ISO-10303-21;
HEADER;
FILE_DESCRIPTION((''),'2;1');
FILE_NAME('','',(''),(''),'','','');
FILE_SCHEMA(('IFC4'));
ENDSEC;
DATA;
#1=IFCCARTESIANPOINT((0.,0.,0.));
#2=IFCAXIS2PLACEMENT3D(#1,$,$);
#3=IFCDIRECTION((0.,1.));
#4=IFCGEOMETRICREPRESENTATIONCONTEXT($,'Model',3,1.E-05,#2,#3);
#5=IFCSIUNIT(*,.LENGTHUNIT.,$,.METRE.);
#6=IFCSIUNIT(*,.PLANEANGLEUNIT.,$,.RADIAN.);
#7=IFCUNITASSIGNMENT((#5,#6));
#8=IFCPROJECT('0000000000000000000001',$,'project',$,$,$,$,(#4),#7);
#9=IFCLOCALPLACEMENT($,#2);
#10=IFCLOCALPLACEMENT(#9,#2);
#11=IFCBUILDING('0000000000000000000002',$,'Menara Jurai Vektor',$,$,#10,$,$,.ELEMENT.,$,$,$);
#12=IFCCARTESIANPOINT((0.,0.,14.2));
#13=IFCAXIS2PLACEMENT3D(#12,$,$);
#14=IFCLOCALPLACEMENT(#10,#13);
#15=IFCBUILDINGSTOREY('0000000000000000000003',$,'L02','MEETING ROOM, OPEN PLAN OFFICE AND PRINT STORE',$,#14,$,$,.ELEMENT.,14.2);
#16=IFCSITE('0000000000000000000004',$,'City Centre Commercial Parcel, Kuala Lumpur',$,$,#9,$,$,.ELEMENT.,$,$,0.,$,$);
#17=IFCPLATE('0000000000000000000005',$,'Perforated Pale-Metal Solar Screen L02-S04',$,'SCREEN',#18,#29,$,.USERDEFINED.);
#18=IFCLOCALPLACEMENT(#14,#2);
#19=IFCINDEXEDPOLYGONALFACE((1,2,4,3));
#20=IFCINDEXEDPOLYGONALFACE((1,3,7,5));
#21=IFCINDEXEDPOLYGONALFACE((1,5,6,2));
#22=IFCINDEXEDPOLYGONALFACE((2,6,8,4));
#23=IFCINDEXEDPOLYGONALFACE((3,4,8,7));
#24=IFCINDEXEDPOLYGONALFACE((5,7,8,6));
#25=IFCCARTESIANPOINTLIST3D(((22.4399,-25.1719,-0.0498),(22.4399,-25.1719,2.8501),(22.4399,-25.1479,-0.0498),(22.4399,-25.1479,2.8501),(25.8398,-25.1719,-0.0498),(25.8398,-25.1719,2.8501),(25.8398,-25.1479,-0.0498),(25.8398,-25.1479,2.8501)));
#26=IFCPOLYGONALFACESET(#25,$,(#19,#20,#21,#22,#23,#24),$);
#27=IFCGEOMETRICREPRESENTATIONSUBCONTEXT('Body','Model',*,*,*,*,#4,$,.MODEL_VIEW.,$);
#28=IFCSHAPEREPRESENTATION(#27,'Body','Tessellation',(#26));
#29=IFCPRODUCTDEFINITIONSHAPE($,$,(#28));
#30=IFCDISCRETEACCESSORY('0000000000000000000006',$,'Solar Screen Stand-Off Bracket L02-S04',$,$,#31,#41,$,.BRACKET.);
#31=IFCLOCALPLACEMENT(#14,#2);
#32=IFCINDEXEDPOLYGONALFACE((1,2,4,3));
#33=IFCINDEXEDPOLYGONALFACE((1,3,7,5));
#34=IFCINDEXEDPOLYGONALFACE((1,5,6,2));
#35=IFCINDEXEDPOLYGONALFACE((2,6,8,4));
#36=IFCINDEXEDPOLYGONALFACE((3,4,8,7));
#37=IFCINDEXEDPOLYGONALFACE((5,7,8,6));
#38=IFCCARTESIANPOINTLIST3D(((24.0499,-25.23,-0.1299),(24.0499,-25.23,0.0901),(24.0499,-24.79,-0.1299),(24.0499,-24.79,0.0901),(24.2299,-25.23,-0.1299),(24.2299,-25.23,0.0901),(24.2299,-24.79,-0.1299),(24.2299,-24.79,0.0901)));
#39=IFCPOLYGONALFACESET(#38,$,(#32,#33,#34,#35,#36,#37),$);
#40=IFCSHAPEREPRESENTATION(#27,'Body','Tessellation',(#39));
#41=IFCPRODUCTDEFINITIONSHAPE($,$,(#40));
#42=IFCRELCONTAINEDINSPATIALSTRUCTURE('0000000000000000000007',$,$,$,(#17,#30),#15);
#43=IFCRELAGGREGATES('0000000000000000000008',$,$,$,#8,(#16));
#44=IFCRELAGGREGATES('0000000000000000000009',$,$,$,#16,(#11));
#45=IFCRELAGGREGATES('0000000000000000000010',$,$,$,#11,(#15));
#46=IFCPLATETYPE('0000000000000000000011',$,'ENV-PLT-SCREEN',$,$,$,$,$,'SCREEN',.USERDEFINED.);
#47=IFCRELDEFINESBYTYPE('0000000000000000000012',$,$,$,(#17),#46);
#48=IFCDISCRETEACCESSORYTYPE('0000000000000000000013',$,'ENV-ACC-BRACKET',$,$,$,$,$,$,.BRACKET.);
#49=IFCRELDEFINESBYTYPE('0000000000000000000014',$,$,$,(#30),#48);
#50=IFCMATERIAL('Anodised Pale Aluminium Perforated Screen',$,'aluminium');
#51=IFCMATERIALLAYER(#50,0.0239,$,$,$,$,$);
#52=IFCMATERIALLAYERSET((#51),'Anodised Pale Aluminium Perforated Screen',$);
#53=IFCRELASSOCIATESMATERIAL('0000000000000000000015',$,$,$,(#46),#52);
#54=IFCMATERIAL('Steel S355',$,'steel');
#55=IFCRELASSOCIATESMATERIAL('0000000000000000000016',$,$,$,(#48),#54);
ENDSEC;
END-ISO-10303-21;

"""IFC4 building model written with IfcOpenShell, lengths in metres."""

from ifc_helpers import new_model, si_unit, direction, frame, origin, origin_2d, place, context, subcontext, project, spatial, rectangle, extrude, material, layer, layer_set, type_object, element, save


model = new_model("IFC4")

# Units and contexts
model_context = context("Model", 3, precision=1e-05, world=origin(), true_north=direction((0.0, 1.0)))
body_context = subcontext(model_context, "Body", "Model", "MODEL_VIEW")
ifc_project = project(units=[si_unit("LENGTHUNIT", "METRE"), si_unit("PLANEANGLEUNIT", "RADIAN")], contexts=[model_context])

# Site, building, storey
site_placement = place(None, origin())
site = spatial("IfcSite", under=ifc_project, at=site_placement, Name="City Centre Commercial Parcel, Kuala Lumpur", CompositionType="ELEMENT", RefElevation=0.0)
building_placement = place(site_placement, origin())
building = spatial("IfcBuilding", under=site, at=building_placement, Name="Menara Jurai Vektor", CompositionType="ELEMENT")
storey_placement = place(building_placement, frame((0.0, 0.0, 14.2)))
storey = spatial("IfcBuildingStorey", under=building, at=storey_placement, Name="L02", Description="MEETING ROOM, OPEN PLAN OFFICE AND PRINT STORE", CompositionType="ELEMENT", Elevation=14.2)

# Shared definitions
ifc_material_1 = material(Name="Steel S355", Category="steel")

# Plate
ifc_material_2 = material(Name="Anodised Pale Aluminium Perforated Screen", Category="aluminium")
ifc_layer_1 = layer(ifc_material_2, 0.0239)
ifc_layer_set_1 = layer_set([ifc_layer_1], Name="Anodised Pale Aluminium Perforated Screen")
plate_type_1 = type_object("IfcPlateType", Name="ENV-PLT-SCREEN", ElementType="SCREEN", PredefinedType="USERDEFINED", material=ifc_layer_set_1)
plate_1_placement = place(storey_placement, frame((24.1399, -25.1599, -0.0498), z_axis=(0.0, 0.0, 1.0), x_axis=(1.0, 0.0, 0.0)))
element("IfcPlate", 1, at=plate_1_placement, inside=storey, type_object=plate_type_1, Name="Perforated Pale-Metal Solar Screen L02-S04", ObjectType="SCREEN", PredefinedType="USERDEFINED", context=body_context, shape_type="SweptSolid", body=[
    extrude(rectangle(XDim=3.3999, YDim=0.0239, at=origin_2d()), origin(), (0.0, 0.0, 1.0), 2.8999),
])

# Discrete accessory
discrete_accessory_type = type_object("IfcDiscreteAccessoryType", Name="ENV-ACC-BRACKET", PredefinedType="BRACKET", material=ifc_material_1)
discrete_accessory_placement = place(storey_placement, frame((24.1399, -25.01, -0.1299), z_axis=(0.0, 0.0, 1.0), x_axis=(1.0, 0.0, 0.0)))
element("IfcDiscreteAccessory", 2, at=discrete_accessory_placement, inside=storey, type_object=discrete_accessory_type, Name="Solar Screen Stand-Off Bracket L02-S04", PredefinedType="BRACKET", context=body_context, shape_type="SweptSolid", body=[
    extrude(rectangle(XDim=0.1799, YDim=0.4399, at=origin_2d()), origin(), (0.0, 0.0, 1.0), 0.22),
])

save(model, "model.ifc")
